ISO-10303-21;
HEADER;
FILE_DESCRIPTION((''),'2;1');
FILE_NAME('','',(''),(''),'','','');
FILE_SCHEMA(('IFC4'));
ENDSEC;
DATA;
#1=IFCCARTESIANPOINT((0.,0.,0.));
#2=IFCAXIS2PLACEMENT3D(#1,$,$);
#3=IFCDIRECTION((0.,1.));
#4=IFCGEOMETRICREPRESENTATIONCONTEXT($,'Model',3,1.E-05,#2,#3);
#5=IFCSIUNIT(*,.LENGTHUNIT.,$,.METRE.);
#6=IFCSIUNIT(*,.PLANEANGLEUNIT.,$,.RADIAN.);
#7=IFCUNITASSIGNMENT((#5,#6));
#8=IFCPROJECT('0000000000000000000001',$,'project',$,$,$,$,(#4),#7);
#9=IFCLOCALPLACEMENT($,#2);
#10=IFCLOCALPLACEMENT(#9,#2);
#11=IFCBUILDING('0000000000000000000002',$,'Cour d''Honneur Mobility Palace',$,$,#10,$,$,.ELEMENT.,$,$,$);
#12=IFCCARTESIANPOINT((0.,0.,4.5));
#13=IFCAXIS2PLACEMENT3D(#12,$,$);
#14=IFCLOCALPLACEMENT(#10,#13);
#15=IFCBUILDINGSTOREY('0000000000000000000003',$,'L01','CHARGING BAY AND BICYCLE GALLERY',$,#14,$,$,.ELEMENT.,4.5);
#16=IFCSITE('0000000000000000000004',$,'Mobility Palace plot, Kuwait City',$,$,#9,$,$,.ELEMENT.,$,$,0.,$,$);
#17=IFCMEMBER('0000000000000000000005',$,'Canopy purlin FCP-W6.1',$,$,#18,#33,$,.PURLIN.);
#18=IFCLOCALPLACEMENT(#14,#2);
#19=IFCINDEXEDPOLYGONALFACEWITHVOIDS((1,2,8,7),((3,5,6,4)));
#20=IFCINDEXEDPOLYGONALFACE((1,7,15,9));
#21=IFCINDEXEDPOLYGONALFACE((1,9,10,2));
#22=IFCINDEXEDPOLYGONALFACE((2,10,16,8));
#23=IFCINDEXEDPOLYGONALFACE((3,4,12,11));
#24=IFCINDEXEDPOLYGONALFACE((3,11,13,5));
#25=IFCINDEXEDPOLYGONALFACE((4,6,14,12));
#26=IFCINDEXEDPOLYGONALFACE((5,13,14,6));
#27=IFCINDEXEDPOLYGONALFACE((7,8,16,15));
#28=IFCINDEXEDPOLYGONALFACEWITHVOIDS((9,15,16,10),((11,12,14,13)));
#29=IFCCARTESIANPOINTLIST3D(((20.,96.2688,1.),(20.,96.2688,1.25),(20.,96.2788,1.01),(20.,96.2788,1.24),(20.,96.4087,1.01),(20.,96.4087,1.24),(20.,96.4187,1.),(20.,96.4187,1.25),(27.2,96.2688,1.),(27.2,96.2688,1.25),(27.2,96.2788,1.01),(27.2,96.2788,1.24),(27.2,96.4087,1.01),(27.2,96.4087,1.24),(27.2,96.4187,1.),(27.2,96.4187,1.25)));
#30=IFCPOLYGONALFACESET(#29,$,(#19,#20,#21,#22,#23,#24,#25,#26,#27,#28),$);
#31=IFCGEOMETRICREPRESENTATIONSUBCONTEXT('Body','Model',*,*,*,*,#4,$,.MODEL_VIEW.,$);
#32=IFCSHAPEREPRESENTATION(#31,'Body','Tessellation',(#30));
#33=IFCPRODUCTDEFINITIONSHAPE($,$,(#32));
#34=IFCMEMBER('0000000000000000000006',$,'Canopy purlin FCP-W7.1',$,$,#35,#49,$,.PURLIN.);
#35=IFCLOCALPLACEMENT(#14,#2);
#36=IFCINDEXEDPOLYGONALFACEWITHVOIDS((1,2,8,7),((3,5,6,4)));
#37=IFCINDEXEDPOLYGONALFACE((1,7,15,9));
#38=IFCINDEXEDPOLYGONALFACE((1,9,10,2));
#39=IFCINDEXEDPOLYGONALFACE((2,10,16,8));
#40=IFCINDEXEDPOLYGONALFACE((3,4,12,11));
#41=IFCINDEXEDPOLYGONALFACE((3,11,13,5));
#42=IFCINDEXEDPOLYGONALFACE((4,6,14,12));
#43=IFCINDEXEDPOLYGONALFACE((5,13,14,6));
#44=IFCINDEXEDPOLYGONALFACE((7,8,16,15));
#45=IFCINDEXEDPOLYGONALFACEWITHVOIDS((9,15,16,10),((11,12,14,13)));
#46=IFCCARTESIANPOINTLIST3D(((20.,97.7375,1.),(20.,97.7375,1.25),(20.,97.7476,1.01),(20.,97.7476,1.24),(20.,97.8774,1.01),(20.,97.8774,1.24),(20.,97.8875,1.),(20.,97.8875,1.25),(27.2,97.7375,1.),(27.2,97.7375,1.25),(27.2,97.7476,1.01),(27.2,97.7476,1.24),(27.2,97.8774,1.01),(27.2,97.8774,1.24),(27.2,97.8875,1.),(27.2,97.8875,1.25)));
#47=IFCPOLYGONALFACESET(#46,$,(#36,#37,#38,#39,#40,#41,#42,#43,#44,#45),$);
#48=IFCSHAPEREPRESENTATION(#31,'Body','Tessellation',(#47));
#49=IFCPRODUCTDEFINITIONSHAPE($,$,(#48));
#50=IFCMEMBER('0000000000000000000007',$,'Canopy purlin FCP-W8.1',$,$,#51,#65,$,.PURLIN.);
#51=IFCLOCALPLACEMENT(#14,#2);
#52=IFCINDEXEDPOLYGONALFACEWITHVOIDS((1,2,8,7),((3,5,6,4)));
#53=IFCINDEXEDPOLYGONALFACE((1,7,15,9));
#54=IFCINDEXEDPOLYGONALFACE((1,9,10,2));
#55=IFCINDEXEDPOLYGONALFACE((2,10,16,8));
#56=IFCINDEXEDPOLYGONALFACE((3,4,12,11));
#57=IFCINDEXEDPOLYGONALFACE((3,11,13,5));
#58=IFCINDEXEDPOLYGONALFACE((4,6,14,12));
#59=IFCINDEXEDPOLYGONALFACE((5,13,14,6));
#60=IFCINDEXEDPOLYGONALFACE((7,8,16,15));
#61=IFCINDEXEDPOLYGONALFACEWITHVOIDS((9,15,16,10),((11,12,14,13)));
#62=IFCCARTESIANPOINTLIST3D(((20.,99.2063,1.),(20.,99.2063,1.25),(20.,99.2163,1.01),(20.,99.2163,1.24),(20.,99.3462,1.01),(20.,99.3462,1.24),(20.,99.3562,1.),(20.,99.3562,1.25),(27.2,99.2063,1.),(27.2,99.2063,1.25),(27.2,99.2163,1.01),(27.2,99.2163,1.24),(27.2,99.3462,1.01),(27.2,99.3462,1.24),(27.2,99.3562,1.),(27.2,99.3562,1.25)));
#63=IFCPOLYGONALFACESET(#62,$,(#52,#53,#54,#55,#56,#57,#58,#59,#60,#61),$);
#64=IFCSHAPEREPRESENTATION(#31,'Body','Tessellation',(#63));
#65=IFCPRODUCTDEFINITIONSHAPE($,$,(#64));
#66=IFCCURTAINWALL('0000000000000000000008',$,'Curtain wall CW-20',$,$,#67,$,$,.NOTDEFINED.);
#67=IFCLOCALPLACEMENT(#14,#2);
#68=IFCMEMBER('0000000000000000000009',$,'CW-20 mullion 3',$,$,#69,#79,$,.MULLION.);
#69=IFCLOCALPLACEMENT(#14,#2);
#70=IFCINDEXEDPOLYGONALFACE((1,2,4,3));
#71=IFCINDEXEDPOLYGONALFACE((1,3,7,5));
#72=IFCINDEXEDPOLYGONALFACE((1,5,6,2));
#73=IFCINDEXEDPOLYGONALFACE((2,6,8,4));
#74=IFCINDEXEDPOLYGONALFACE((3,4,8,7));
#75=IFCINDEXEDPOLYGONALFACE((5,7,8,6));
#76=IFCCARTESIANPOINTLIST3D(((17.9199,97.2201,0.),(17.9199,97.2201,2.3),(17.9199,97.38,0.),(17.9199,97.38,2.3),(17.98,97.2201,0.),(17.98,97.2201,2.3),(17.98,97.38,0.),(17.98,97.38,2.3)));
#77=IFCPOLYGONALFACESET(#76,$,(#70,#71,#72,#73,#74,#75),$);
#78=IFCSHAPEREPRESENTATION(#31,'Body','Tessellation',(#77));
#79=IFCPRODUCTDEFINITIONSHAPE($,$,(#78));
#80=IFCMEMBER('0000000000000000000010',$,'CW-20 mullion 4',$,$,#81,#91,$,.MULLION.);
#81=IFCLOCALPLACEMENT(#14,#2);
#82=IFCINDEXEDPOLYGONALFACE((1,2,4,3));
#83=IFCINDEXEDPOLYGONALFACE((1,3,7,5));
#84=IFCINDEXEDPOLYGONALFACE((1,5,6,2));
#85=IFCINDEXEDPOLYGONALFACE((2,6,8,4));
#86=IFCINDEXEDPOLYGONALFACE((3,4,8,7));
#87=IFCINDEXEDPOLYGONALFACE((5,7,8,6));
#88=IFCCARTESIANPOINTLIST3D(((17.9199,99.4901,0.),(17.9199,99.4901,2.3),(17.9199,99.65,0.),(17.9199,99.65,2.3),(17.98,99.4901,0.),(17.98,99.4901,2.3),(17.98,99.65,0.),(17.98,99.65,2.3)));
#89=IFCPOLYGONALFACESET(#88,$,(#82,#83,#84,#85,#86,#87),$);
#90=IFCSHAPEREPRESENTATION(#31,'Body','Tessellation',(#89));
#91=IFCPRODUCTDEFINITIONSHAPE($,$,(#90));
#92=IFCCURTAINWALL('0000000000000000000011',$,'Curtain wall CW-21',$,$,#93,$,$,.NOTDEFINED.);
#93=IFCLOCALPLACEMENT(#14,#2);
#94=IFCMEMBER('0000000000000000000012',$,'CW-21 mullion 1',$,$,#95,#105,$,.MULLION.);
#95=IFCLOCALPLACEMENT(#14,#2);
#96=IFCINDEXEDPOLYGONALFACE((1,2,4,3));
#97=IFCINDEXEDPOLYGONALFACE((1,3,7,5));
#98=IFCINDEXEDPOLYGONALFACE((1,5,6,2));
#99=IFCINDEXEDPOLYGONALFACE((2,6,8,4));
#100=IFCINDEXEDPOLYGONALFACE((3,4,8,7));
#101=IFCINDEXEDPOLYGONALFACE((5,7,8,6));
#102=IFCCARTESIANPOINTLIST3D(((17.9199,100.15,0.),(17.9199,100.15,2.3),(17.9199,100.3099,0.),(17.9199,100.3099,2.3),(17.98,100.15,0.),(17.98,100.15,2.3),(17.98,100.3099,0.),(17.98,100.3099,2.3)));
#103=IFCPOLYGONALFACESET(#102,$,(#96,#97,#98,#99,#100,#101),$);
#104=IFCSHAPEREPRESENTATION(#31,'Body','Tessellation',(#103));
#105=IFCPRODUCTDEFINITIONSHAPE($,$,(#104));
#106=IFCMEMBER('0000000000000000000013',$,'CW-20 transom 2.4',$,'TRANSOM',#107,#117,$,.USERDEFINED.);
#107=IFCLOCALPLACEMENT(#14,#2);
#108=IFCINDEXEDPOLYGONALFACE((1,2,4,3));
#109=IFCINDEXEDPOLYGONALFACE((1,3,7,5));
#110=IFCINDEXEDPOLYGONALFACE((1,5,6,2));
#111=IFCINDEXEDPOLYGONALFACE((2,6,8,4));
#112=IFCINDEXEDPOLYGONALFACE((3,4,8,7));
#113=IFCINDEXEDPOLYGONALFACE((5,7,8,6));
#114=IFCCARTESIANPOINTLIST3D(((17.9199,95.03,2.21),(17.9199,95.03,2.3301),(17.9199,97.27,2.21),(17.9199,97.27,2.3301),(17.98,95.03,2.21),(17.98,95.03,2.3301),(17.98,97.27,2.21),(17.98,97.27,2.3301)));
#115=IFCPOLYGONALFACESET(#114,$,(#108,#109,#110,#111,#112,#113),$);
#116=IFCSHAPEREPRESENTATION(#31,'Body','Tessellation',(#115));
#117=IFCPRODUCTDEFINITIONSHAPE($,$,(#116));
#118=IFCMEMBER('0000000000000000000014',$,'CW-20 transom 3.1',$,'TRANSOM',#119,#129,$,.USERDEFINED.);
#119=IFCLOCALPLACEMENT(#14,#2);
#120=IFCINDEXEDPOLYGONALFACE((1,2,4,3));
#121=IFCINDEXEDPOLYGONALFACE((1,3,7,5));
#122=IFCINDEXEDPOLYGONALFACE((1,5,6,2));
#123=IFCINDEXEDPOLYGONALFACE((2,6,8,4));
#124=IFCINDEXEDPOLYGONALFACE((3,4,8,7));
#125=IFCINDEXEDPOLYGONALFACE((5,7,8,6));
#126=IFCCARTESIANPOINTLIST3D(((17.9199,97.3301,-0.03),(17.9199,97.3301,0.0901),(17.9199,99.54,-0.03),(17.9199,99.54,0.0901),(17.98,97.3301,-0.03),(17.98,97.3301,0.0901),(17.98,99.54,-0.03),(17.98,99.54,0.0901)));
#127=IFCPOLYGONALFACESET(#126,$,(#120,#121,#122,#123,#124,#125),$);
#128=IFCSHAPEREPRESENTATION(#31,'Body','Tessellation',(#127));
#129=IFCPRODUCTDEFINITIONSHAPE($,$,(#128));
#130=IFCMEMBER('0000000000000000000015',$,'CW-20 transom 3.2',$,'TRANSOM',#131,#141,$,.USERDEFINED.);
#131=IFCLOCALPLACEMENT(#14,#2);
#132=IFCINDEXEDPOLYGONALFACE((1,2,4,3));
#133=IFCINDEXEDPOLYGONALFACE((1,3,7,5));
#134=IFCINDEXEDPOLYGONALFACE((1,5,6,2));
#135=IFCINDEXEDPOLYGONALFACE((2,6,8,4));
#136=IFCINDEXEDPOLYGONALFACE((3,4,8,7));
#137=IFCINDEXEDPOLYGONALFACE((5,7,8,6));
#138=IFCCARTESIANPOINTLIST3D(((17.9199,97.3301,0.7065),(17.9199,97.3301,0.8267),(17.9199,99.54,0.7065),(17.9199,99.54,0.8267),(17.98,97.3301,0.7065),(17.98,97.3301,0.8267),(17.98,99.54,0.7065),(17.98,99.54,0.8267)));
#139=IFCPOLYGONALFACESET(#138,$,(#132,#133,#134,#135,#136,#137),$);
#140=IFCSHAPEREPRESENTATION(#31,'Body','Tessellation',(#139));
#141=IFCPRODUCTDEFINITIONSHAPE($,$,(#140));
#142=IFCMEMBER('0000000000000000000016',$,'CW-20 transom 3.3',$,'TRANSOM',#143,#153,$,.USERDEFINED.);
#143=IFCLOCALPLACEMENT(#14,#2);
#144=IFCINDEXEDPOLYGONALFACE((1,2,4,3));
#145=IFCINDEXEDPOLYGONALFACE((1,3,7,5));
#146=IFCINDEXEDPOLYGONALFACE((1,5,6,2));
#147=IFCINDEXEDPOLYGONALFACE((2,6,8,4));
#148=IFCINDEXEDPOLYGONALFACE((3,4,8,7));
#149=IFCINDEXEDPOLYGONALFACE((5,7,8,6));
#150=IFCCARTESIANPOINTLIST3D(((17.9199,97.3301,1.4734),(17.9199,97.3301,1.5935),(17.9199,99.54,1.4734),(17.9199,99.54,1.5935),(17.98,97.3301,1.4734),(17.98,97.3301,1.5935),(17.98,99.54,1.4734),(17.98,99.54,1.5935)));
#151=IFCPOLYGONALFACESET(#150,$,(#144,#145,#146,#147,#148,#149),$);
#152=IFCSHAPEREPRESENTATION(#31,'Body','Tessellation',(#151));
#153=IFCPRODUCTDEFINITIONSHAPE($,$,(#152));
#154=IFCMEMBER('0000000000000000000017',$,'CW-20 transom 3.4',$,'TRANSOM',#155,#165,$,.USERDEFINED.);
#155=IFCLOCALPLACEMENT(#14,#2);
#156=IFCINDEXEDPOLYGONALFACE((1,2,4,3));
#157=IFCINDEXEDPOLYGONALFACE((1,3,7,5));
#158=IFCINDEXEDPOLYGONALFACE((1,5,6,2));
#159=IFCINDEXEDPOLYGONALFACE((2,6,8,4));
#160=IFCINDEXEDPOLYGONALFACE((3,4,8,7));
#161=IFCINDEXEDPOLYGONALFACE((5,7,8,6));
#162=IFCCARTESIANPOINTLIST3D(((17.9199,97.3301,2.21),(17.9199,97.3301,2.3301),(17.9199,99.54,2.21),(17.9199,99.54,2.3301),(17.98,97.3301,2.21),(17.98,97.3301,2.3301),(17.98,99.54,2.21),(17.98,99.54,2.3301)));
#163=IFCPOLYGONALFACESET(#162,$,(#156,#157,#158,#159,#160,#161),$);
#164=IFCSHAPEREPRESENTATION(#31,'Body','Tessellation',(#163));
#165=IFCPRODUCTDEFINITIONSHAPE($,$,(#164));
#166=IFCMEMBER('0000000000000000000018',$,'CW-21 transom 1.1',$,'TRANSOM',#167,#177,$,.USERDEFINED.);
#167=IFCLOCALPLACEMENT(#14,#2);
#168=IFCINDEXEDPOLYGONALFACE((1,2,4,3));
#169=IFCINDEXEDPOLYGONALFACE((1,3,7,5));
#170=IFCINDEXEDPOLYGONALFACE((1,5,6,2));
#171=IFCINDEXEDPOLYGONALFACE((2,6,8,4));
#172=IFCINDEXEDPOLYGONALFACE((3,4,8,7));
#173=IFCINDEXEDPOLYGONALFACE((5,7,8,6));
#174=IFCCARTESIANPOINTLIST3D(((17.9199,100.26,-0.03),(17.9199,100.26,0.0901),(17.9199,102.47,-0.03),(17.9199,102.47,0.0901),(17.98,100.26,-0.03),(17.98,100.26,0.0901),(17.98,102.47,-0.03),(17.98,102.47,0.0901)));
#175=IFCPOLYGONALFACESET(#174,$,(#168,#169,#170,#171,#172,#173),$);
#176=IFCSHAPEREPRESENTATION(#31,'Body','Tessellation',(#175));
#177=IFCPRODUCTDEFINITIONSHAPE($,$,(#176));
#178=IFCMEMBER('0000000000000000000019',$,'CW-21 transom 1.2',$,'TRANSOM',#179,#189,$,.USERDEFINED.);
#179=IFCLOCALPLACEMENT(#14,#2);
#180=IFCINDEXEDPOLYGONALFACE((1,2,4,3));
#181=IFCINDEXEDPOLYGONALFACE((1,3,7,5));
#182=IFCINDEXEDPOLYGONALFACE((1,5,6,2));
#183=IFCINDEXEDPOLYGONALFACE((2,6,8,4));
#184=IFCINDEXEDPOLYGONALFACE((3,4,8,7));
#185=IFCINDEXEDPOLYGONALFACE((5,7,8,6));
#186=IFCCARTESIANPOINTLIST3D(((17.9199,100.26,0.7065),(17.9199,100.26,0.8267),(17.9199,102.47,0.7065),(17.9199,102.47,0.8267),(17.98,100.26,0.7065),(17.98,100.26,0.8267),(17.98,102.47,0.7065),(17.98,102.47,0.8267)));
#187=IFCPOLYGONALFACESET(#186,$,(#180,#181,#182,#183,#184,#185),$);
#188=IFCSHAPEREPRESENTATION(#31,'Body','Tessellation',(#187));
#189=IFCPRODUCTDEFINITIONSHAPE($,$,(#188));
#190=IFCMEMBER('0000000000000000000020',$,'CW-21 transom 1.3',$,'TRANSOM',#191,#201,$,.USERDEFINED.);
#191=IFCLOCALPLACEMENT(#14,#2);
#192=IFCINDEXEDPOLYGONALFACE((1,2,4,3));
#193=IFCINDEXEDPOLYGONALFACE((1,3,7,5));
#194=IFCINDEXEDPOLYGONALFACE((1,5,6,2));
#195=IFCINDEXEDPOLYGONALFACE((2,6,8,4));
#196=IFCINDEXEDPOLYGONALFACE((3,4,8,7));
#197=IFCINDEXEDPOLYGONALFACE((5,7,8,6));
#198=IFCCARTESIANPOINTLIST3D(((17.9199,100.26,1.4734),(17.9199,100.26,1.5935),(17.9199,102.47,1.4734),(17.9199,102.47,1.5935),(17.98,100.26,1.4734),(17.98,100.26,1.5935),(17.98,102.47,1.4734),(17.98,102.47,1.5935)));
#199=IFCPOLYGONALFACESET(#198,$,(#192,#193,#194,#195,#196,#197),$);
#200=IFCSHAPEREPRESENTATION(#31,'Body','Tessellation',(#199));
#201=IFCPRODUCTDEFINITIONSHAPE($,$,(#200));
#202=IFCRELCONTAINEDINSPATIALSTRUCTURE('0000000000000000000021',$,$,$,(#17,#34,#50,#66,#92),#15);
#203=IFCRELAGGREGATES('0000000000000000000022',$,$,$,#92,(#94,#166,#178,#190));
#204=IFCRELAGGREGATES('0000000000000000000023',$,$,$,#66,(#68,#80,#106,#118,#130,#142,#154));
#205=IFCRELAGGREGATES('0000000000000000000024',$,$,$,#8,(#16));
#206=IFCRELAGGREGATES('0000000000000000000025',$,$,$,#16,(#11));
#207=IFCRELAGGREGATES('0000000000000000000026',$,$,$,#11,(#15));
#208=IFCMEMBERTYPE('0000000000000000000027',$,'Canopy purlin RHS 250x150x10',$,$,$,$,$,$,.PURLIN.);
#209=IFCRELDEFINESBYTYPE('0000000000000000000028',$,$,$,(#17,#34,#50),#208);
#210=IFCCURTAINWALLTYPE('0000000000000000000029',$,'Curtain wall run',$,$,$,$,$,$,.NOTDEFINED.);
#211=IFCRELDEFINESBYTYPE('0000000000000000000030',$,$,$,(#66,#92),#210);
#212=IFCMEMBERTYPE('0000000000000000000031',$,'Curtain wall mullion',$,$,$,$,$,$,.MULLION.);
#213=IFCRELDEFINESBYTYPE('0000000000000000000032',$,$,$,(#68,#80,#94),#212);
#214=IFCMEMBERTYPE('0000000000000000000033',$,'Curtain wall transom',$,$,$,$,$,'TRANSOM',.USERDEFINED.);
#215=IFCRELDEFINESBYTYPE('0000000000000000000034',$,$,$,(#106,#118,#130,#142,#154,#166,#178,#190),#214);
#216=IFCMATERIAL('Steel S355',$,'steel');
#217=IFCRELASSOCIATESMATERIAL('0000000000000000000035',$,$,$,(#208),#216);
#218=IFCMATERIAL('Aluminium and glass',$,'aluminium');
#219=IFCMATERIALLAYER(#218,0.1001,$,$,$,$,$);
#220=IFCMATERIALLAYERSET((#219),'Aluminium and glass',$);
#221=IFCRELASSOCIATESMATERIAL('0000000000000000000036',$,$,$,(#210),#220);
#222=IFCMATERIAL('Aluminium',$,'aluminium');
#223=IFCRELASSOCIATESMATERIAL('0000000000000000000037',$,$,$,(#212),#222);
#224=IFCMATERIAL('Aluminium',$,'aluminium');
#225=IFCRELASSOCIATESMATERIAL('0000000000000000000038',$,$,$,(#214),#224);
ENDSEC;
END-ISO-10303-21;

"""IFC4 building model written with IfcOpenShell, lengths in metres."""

from ifc_helpers import new_model, si_unit, direction, frame, origin, origin_2d, place, context, subcontext, project, spatial, rectangle, hollow_rectangle, extrude, material, layer, layer_set, material_profile, profile_set, type_object, element, aggregate, save


model = new_model("IFC4")

# Units and contexts
model_context = context("Model", 3, precision=1e-05, world=origin(), true_north=direction((0.0, 1.0)))
body_context = subcontext(model_context, "Body", "Model", "MODEL_VIEW")
ifc_project = project(units=[si_unit("LENGTHUNIT", "METRE"), si_unit("PLANEANGLEUNIT", "RADIAN")], contexts=[model_context])

# Site, building, storey
site_placement = place(None, origin())
site = spatial("IfcSite", under=ifc_project, at=site_placement, Name="Mobility Palace plot, Kuwait City", CompositionType="ELEMENT", RefElevation=0.0)
building_placement = place(site_placement, origin())
building = spatial("IfcBuilding", under=site, at=building_placement, Name="Cour d'Honneur Mobility Palace", CompositionType="ELEMENT")
storey_placement = place(building_placement, frame((0.0, 0.0, 4.5)))
storey = spatial("IfcBuildingStorey", under=building, at=storey_placement, Name="L01", Description="CHARGING BAY AND BICYCLE GALLERY", CompositionType="ELEMENT", Elevation=4.5)

# Members
ifc_material_1 = material(Name="Steel S355", Category="steel")
ifc_material_profile_1 = material_profile(ifc_material_1, hollow_rectangle(XDim=0.1499, YDim=0.25, WallThickness=0.01, at=origin_2d()), Name="RHS 250x150x10")
ifc_profile_set_1 = profile_set([ifc_material_profile_1], Name="Steel S355")
member_type_1 = type_object("IfcMemberType", Name="Canopy purlin RHS 250x150x10", PredefinedType="PURLIN", material=ifc_profile_set_1)
for number, where, z_axis, x_axis, name in (
    (1, (20.0, 96.3438, 1.125), (1.0, 0.0, 0.0), (0.0, 1.0, 0.0), "Canopy purlin FCP-W6.1"),
    (2, (20.0, 97.8125, 1.125), (1.0, 0.0, 0.0), (0.0, 1.0, 0.0), "Canopy purlin FCP-W7.1"),
    (3, (20.0, 99.2812, 1.125), (1.0, 0.0, 0.0), (0.0, 1.0, 0.0), "Canopy purlin FCP-W8.1"),
):
    element("IfcMember", number, at=place(storey_placement, frame(where, z_axis=z_axis, x_axis=x_axis)), inside=storey, type_object=member_type_1, Name=name, PredefinedType="PURLIN", context=body_context, shape_type="SweptSolid", body=[
        extrude(hollow_rectangle(XDim=0.1499, YDim=0.25, WallThickness=0.01, at=origin_2d()), origin(), (0.0, 0.0, 1.0), 7.2),
    ])

# Curtain wall, members
ifc_material_2 = material(Name="Aluminium and glass", Category="aluminium")
ifc_layer_1 = layer(ifc_material_2, 0.1001)
ifc_layer_set_1 = layer_set([ifc_layer_1], Name="Aluminium and glass")
curtain_wall_type = type_object("IfcCurtainWallType", Name="Curtain wall run", PredefinedType="NOTDEFINED", material=ifc_layer_set_1)
curtain_wall_1_placement = place(storey_placement, origin())
curtain_wall_1 = element("IfcCurtainWall", 4, at=curtain_wall_1_placement, inside=storey, type_object=curtain_wall_type, Name="Curtain wall CW-20", PredefinedType="NOTDEFINED")
ifc_material_3 = material(Name="Aluminium", Category="aluminium")
ifc_material_profile_2 = material_profile(ifc_material_3, rectangle(XDim=0.0601, YDim=0.1599, at=origin_2d()), Name="Curtain wall mullion")
ifc_profile_set_2 = profile_set([ifc_material_profile_2], Name="Aluminium")
member_type_2 = type_object("IfcMemberType", Name="Curtain wall mullion", PredefinedType="MULLION", material=ifc_profile_set_2)
member_1_placement = place(storey_placement, frame((17.95, 97.3, 0.0), z_axis=(0.0, 0.0, 1.0), x_axis=(-1.0, 0.0, 0.0)))
member_1 = element("IfcMember", 5, at=member_1_placement, type_object=member_type_2, Name="CW-20 mullion 3", PredefinedType="MULLION", context=body_context, shape_type="SweptSolid", body=[
    extrude(rectangle(XDim=0.0601, YDim=0.1599, at=origin_2d()), origin(), (0.0, 0.0, 1.0), 2.3),
])
member_2_placement = place(storey_placement, frame((17.95, 99.5701, 0.0), z_axis=(0.0, 0.0, 1.0), x_axis=(-1.0, 0.0, 0.0)))
member_2 = element("IfcMember", 6, at=member_2_placement, type_object=member_type_2, Name="CW-20 mullion 4", PredefinedType="MULLION", context=body_context, shape_type="SweptSolid", body=[
    extrude(rectangle(XDim=0.0601, YDim=0.1599, at=origin_2d()), origin(), (0.0, 0.0, 1.0), 2.3),
])

# Curtain wall, member
curtain_wall_2_placement = place(storey_placement, origin())
curtain_wall_2 = element("IfcCurtainWall", 7, at=curtain_wall_2_placement, inside=storey, type_object=curtain_wall_type, Name="Curtain wall CW-21", PredefinedType="NOTDEFINED")
member_3_placement = place(storey_placement, frame((17.95, 100.23, 0.0), z_axis=(0.0, 0.0, 1.0), x_axis=(-1.0, 0.0, 0.0)))
member_3 = element("IfcMember", 8, at=member_3_placement, type_object=member_type_2, Name="CW-21 mullion 1", PredefinedType="MULLION", context=body_context, shape_type="SweptSolid", body=[
    extrude(rectangle(XDim=0.0601, YDim=0.1599, at=origin_2d()), origin(), (0.0, 0.0, 1.0), 2.3),
])

# Members
ifc_material_4 = material(Name="Aluminium", Category="aluminium")
ifc_material_profile_3 = material_profile(ifc_material_4, rectangle(XDim=0.0601, YDim=0.1201, at=origin_2d()), Name="Curtain wall transom")
ifc_profile_set_3 = profile_set([ifc_material_profile_3], Name="Aluminium")
member_type_3 = type_object("IfcMemberType", Name="Curtain wall transom", ElementType="TRANSOM", PredefinedType="USERDEFINED", material=ifc_profile_set_3)
member_4_placement = place(storey_placement, frame((17.95, 95.03, 2.27), z_axis=(0.0, 1.0, 0.0), x_axis=(-1.0, 0.0, 0.0)))
member_4 = element("IfcMember", 9, at=member_4_placement, type_object=member_type_3, Name="CW-20 transom 2.4", ObjectType="TRANSOM", PredefinedType="USERDEFINED", context=body_context, shape_type="SweptSolid", body=[
    extrude(rectangle(XDim=0.0601, YDim=0.1201, at=origin_2d()), origin(), (0.0, 0.0, 1.0), 2.24),
])
member_5_placement = place(storey_placement, frame((17.95, 97.3301, 0.03), z_axis=(0.0, 1.0, 0.0), x_axis=(-1.0, 0.0, 0.0)))
member_5 = element("IfcMember", 10, at=member_5_placement, type_object=member_type_3, Name="CW-20 transom 3.1", ObjectType="TRANSOM", PredefinedType="USERDEFINED", context=body_context, shape_type="SweptSolid", body=[
    extrude(rectangle(XDim=0.0601, YDim=0.1201, at=origin_2d()), origin(), (0.0, 0.0, 1.0), 2.21),
])
member_6_placement = place(storey_placement, frame((17.95, 97.3301, 0.7666), z_axis=(0.0, 1.0, 0.0), x_axis=(-1.0, 0.0, 0.0)))
member_6 = element("IfcMember", 11, at=member_6_placement, type_object=member_type_3, Name="CW-20 transom 3.2", ObjectType="TRANSOM", PredefinedType="USERDEFINED", context=body_context, shape_type="SweptSolid", body=[
    extrude(rectangle(XDim=0.0601, YDim=0.1201, at=origin_2d()), origin(), (0.0, 0.0, 1.0), 2.21),
])
member_7_placement = place(storey_placement, frame((17.95, 97.3301, 1.5334), z_axis=(0.0, 1.0, 0.0), x_axis=(-1.0, 0.0, 0.0)))
member_7 = element("IfcMember", 12, at=member_7_placement, type_object=member_type_3, Name="CW-20 transom 3.3", ObjectType="TRANSOM", PredefinedType="USERDEFINED", context=body_context, shape_type="SweptSolid", body=[
    extrude(rectangle(XDim=0.0601, YDim=0.1201, at=origin_2d()), origin(), (0.0, 0.0, 1.0), 2.21),
])
member_8_placement = place(storey_placement, frame((17.95, 97.3301, 2.27), z_axis=(0.0, 1.0, 0.0), x_axis=(-1.0, 0.0, 0.0)))
member_8 = element("IfcMember", 13, at=member_8_placement, type_object=member_type_3, Name="CW-20 transom 3.4", ObjectType="TRANSOM", PredefinedType="USERDEFINED", context=body_context, shape_type="SweptSolid", body=[
    extrude(rectangle(XDim=0.0601, YDim=0.1201, at=origin_2d()), origin(), (0.0, 0.0, 1.0), 2.21),
])
member_9_placement = place(storey_placement, frame((17.95, 100.26, 0.03), z_axis=(0.0, 1.0, 0.0), x_axis=(-1.0, 0.0, 0.0)))
member_9 = element("IfcMember", 14, at=member_9_placement, type_object=member_type_3, Name="CW-21 transom 1.1", ObjectType="TRANSOM", PredefinedType="USERDEFINED", context=body_context, shape_type="SweptSolid", body=[
    extrude(rectangle(XDim=0.0601, YDim=0.1201, at=origin_2d()), origin(), (0.0, 0.0, 1.0), 2.21),
])
member_10_placement = place(storey_placement, frame((17.95, 100.26, 0.7666), z_axis=(0.0, 1.0, 0.0), x_axis=(-1.0, 0.0, 0.0)))
member_10 = element("IfcMember", 15, at=member_10_placement, type_object=member_type_3, Name="CW-21 transom 1.2", ObjectType="TRANSOM", PredefinedType="USERDEFINED", context=body_context, shape_type="SweptSolid", body=[
    extrude(rectangle(XDim=0.0601, YDim=0.1201, at=origin_2d()), origin(), (0.0, 0.0, 1.0), 2.21),
])
member_11_placement = place(storey_placement, frame((17.95, 100.26, 1.5334), z_axis=(0.0, 1.0, 0.0), x_axis=(-1.0, 0.0, 0.0)))
member_11 = element("IfcMember", 16, at=member_11_placement, type_object=member_type_3, Name="CW-21 transom 1.3", ObjectType="TRANSOM", PredefinedType="USERDEFINED", context=body_context, shape_type="SweptSolid", body=[
    extrude(rectangle(XDim=0.0601, YDim=0.1201, at=origin_2d()), origin(), (0.0, 0.0, 1.0), 2.21),
])
aggregate(curtain_wall_2, [member_3, member_9, member_10, member_11])

aggregate(curtain_wall_1, [member_1, member_2, member_4, member_5, member_6, member_7, member_8])

save(model, "model.ifc")
